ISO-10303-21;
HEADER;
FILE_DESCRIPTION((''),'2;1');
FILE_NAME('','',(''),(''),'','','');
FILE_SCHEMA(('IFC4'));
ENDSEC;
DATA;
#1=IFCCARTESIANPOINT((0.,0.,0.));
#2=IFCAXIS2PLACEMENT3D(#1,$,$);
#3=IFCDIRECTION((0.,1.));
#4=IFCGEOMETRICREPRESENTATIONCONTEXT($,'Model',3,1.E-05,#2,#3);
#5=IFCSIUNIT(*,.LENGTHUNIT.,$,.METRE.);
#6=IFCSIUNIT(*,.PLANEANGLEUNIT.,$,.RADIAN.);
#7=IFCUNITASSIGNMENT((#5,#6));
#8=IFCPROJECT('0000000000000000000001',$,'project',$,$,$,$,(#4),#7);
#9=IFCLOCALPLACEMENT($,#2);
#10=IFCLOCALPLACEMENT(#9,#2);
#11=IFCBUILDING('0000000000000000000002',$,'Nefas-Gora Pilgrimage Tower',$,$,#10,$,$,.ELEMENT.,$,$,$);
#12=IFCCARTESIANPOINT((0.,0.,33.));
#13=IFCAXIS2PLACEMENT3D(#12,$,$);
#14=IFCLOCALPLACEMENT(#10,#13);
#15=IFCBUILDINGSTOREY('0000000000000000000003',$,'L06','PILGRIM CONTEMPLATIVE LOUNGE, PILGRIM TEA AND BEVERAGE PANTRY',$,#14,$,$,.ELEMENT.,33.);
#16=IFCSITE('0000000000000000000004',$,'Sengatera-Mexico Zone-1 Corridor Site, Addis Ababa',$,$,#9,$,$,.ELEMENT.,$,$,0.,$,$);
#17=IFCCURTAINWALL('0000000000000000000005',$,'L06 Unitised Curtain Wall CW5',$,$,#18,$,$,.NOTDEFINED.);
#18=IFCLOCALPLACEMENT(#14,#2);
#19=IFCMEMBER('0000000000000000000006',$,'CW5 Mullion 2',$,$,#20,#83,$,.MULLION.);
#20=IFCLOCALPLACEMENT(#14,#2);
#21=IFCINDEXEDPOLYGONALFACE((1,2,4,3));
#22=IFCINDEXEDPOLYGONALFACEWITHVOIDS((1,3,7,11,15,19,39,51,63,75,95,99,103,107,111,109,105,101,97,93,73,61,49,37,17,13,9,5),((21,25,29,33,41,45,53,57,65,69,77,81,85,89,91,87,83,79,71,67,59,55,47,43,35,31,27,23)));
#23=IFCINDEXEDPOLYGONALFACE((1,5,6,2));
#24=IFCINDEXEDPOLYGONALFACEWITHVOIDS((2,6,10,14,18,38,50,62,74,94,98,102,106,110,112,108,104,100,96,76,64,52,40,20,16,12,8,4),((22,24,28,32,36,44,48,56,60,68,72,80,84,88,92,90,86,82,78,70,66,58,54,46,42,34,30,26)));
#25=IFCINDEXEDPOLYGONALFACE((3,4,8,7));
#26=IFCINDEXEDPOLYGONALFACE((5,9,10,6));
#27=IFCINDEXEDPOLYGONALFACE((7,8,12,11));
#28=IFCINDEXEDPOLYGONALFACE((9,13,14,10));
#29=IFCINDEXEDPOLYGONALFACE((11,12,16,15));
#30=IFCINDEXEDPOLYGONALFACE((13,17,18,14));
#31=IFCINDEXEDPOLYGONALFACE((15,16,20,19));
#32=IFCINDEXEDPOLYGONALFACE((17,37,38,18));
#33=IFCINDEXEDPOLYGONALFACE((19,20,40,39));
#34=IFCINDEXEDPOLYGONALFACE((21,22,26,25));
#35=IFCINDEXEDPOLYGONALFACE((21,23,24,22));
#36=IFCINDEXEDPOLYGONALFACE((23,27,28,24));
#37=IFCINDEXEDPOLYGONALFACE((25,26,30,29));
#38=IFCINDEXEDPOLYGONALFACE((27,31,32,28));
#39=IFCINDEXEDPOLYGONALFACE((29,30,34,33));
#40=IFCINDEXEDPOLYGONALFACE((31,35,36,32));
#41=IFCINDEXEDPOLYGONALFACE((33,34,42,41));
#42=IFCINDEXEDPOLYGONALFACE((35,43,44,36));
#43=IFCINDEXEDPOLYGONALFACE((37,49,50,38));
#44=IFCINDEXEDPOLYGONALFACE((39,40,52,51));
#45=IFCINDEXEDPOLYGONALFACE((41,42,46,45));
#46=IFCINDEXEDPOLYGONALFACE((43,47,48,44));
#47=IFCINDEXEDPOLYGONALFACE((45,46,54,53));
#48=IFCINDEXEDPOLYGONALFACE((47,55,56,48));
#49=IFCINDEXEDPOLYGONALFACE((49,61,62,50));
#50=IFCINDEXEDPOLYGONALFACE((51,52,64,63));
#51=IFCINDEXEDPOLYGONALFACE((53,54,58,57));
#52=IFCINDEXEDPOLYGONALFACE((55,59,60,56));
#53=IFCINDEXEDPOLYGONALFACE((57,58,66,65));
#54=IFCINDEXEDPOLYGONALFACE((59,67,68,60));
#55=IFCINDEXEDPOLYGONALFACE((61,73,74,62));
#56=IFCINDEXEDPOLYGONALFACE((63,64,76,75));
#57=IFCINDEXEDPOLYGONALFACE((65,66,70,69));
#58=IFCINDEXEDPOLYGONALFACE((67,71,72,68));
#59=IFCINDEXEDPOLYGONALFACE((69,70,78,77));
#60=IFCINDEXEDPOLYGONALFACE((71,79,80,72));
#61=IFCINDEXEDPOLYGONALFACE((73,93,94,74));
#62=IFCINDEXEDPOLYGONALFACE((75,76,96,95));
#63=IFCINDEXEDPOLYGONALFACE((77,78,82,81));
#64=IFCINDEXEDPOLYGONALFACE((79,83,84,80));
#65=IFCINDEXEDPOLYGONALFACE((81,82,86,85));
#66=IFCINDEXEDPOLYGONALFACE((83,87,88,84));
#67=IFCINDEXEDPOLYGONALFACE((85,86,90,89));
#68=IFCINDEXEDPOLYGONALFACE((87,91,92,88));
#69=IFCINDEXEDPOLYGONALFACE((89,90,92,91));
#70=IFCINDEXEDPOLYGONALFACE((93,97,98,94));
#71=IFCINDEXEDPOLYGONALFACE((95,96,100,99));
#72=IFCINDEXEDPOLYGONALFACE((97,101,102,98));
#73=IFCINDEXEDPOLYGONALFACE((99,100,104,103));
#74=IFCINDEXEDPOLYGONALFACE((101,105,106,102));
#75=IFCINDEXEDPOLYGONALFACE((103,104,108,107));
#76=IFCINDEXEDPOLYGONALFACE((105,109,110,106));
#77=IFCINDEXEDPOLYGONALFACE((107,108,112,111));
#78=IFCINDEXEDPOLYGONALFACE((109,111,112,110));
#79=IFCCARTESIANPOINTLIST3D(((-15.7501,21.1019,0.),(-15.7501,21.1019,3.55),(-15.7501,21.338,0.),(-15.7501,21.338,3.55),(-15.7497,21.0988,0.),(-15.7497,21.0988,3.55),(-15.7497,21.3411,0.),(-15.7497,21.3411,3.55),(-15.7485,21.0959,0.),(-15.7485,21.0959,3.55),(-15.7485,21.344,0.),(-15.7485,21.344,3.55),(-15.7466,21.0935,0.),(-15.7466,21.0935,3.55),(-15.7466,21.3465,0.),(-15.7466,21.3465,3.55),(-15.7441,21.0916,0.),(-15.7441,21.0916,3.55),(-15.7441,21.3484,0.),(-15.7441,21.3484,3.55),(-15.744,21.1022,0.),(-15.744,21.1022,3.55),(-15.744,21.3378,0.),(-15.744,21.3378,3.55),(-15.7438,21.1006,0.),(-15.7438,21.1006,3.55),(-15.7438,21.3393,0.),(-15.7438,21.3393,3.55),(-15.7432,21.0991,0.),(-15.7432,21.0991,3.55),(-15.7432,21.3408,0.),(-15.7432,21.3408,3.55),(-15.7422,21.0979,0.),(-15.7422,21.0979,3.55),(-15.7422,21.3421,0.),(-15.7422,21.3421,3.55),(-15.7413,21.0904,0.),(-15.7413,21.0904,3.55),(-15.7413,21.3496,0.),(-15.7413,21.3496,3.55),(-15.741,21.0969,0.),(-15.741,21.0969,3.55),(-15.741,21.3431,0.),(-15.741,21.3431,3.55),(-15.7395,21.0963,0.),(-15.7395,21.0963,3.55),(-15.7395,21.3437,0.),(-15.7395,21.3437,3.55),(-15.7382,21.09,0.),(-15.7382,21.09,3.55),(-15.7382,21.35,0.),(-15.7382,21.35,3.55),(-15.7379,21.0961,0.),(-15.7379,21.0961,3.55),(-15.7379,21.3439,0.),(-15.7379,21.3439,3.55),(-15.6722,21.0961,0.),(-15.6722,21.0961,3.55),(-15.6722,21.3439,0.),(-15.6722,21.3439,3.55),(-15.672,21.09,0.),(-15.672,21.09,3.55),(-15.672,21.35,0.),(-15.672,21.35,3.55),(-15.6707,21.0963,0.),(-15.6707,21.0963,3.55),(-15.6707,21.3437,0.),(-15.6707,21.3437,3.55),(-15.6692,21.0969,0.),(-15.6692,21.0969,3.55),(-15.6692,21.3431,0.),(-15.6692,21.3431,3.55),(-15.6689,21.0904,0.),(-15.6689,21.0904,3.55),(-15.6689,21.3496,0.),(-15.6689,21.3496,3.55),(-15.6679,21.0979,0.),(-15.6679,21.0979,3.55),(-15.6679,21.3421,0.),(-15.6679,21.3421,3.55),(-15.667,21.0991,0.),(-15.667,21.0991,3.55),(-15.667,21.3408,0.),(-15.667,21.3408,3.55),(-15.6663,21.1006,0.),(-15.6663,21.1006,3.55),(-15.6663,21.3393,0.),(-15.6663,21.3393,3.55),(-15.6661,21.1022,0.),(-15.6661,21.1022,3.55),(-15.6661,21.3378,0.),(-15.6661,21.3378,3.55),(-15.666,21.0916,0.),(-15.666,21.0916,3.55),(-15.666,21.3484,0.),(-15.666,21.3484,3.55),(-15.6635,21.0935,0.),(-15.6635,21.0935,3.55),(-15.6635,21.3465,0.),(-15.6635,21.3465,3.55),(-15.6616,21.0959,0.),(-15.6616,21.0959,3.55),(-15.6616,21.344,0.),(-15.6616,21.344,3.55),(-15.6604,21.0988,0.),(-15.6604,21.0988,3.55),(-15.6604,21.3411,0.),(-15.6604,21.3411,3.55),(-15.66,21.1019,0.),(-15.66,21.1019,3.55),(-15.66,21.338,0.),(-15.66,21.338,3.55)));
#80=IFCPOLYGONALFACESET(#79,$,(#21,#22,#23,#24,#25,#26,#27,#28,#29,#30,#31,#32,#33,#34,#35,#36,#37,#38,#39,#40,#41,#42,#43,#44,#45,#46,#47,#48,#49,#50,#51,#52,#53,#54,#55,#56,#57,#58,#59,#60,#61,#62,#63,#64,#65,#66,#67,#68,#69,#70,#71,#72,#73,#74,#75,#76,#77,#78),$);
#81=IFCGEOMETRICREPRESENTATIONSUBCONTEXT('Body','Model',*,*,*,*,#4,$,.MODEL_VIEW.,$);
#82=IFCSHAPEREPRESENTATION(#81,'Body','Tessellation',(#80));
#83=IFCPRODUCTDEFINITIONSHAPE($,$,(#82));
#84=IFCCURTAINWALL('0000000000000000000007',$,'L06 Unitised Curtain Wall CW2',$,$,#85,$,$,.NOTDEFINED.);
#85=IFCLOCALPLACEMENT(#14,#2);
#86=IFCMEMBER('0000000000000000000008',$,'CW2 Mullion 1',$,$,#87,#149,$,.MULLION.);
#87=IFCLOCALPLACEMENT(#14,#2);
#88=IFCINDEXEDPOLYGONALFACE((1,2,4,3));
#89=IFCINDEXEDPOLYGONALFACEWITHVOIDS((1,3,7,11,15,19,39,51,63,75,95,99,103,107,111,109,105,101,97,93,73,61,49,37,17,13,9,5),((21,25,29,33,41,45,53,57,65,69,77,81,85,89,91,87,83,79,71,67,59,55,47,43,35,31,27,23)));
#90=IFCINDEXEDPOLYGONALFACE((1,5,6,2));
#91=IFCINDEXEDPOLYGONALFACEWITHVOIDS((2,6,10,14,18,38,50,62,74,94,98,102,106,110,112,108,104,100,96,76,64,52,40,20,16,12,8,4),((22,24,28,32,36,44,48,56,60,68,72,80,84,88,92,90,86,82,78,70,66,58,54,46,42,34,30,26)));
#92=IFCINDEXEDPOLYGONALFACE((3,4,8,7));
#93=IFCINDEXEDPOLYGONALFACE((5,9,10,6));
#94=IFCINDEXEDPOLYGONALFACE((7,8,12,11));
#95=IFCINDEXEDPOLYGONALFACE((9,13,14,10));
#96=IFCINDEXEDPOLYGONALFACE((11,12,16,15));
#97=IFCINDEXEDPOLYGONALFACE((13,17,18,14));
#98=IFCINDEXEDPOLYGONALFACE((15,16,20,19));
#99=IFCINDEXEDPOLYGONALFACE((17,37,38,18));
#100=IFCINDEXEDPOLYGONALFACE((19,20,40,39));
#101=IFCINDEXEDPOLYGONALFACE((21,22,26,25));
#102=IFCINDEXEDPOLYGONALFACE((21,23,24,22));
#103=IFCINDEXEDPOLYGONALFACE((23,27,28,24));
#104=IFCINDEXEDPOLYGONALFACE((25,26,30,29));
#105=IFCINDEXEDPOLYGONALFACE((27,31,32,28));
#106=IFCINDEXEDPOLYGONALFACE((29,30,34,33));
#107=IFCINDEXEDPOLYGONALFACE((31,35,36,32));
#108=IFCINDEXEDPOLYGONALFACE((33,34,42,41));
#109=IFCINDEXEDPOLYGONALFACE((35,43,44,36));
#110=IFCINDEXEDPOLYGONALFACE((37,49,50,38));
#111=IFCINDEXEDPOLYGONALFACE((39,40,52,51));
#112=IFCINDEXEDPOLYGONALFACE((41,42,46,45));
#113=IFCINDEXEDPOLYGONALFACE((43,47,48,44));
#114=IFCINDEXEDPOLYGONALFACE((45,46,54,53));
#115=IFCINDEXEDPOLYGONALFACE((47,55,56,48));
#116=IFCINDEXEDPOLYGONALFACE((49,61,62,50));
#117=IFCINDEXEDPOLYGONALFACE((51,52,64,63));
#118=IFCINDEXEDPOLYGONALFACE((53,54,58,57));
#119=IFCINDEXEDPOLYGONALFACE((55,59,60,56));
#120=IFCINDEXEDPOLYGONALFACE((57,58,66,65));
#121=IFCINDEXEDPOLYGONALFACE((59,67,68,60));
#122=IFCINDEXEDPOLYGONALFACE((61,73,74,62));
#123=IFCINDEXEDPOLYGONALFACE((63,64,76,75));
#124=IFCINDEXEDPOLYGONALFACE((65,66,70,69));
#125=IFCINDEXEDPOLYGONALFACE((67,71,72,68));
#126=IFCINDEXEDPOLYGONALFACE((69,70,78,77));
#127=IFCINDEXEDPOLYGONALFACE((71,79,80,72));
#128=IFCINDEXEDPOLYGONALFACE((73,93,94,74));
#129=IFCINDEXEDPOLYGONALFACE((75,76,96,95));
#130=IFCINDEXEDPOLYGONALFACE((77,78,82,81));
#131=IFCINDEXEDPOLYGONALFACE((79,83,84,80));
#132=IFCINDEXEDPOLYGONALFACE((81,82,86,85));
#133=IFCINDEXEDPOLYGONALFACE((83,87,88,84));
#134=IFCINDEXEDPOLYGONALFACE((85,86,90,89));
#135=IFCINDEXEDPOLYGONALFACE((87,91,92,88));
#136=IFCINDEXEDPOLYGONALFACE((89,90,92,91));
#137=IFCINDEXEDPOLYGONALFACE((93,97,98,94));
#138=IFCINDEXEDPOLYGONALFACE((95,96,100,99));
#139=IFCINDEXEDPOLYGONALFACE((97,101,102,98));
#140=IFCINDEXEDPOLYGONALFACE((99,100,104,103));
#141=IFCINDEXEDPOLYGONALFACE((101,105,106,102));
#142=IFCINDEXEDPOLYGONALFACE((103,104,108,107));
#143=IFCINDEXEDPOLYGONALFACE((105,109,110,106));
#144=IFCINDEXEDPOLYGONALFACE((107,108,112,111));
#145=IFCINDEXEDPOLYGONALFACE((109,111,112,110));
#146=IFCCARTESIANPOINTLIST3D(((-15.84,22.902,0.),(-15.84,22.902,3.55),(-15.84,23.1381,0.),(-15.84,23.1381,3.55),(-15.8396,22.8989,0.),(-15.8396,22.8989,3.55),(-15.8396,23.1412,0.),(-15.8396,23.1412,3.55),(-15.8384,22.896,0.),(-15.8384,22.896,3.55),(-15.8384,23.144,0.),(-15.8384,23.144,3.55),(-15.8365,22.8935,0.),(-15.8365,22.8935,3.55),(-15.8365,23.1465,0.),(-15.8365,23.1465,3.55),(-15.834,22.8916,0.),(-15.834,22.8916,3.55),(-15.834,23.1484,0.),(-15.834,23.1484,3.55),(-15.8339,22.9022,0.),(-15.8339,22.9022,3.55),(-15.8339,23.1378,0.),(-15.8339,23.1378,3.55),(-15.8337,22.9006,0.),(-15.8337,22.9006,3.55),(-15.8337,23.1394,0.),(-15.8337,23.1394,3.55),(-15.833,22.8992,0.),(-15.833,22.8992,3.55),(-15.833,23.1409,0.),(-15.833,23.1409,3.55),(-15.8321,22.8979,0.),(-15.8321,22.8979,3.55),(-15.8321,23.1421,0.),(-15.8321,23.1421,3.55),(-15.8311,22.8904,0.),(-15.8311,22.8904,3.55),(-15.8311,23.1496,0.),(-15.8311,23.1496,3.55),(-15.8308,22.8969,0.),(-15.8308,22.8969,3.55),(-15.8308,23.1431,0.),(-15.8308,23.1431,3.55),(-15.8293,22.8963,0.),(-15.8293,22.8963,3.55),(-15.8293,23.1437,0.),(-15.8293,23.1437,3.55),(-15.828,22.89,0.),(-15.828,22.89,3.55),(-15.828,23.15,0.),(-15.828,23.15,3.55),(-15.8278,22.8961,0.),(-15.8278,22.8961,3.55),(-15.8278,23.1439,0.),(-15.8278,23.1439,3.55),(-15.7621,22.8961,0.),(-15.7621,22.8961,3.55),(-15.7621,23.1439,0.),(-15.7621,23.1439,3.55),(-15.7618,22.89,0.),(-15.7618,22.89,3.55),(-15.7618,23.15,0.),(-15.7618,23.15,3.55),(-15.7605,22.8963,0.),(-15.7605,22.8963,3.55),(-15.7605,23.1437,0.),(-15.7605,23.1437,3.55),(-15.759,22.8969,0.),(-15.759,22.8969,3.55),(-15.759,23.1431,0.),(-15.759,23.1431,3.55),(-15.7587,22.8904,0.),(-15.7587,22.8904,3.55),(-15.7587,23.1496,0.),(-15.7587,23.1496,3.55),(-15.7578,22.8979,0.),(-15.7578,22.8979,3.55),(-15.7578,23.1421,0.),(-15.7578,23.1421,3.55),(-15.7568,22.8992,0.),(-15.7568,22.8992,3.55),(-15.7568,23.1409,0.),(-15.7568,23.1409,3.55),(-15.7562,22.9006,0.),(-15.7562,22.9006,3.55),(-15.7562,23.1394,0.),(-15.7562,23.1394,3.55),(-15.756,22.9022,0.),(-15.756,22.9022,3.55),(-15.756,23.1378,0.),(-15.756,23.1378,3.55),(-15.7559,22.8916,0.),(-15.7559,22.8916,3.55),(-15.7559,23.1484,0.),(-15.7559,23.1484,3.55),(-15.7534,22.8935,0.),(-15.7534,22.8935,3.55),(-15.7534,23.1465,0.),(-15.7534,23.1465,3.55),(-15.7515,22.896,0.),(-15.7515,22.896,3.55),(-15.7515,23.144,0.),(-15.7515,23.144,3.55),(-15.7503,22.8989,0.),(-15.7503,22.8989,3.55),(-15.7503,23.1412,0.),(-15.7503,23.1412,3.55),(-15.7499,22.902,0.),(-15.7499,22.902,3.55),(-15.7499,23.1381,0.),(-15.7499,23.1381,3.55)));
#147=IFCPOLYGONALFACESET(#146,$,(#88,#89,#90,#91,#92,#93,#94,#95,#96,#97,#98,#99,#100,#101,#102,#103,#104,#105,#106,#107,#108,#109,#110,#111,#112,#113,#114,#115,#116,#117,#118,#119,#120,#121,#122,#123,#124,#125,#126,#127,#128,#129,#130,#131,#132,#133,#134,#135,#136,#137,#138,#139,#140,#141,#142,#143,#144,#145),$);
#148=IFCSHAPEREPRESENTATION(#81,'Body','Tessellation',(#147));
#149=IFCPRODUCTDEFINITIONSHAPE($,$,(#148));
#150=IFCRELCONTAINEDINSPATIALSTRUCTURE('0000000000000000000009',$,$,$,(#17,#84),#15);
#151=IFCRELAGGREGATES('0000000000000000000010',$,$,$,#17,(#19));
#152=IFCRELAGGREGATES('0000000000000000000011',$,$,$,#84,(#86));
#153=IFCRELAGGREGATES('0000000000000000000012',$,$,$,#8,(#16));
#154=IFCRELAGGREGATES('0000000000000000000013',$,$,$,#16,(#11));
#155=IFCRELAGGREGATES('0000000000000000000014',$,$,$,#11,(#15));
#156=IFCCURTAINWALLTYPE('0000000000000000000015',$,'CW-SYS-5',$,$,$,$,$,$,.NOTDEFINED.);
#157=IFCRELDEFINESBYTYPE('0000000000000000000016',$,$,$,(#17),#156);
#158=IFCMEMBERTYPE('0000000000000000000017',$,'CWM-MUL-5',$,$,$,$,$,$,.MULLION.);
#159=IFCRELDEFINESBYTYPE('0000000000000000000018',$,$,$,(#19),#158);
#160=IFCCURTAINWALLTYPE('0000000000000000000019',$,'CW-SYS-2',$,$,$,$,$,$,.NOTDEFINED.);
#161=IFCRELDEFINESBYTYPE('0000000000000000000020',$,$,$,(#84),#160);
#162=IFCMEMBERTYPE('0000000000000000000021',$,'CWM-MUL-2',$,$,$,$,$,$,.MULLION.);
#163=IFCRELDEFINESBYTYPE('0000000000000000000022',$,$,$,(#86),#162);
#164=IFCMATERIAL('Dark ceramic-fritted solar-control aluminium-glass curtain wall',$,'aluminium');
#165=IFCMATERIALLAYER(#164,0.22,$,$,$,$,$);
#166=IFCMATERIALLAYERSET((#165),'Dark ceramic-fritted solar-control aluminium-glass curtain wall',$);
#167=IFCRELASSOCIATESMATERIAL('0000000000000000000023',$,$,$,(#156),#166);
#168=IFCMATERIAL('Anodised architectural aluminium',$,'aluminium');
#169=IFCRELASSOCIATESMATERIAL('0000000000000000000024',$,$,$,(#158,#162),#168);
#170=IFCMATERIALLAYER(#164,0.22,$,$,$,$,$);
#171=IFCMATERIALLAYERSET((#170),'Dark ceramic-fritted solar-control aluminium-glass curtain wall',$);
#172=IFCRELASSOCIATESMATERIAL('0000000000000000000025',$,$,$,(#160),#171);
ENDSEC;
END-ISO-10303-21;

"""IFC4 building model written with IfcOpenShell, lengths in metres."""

from ifc_helpers import new_model, si_unit, direction, frame, origin, origin_2d, place, context, subcontext, project, spatial, hollow_rectangle, extrude, source, transform, mapped, material, layer, layer_set, material_profile, profile_set, type_object, element, aggregate, save


model = new_model("IFC4")

# Units and contexts
model_context = context("Model", 3, precision=1e-05, world=origin(), true_north=direction((0.0, 1.0)))
body_context = subcontext(model_context, "Body", "Model", "MODEL_VIEW")
ifc_project = project(units=[si_unit("LENGTHUNIT", "METRE"), si_unit("PLANEANGLEUNIT", "RADIAN")], contexts=[model_context])

# Site, building, storey
site_placement = place(None, origin())
site = spatial("IfcSite", under=ifc_project, at=site_placement, Name="Sengatera-Mexico Zone-1 Corridor Site, Addis Ababa", CompositionType="ELEMENT", RefElevation=0.0)
building_placement = place(site_placement, origin())
building = spatial("IfcBuilding", under=site, at=building_placement, Name="Nefas-Gora Pilgrimage Tower", CompositionType="ELEMENT")
storey_placement = place(building_placement, frame((0.0, 0.0, 33.0)))
storey = spatial("IfcBuildingStorey", under=building, at=storey_placement, Name="L06", Description="PILGRIM CONTEMPLATIVE LOUNGE, PILGRIM TEA AND BEVERAGE PANTRY", CompositionType="ELEMENT", Elevation=33.0)

# Curtain wall, member
ifc_material_1 = material(Name="Dark ceramic-fritted solar-control aluminium-glass curtain wall", Category="aluminium")
ifc_layer_1 = layer(ifc_material_1, 0.22)
ifc_layer_set_1 = layer_set([ifc_layer_1], Name="Dark ceramic-fritted solar-control aluminium-glass curtain wall")
curtain_wall_type_1 = type_object("IfcCurtainWallType", Name="CW-SYS-5", PredefinedType="NOTDEFINED", material=ifc_layer_set_1)
curtain_wall_1_placement = place(storey_placement, origin())
curtain_wall_1 = element("IfcCurtainWall", 1, at=curtain_wall_1_placement, inside=storey, type_object=curtain_wall_type_1, Name="L06 Unitised Curtain Wall CW5", PredefinedType="NOTDEFINED")
ifc_material_2 = material(Name="Anodised architectural aluminium", Category="aluminium")
ifc_material_profile_1 = material_profile(ifc_material_2, hollow_rectangle(XDim=0.0901, YDim=0.26, WallThickness=0.0061, InnerFilletRadius=0.0061, OuterFilletRadius=0.012, at=origin_2d()), Name="ALU MULLION 90x260")
ifc_profile_set_1 = profile_set([ifc_material_profile_1], Name="Anodised architectural aluminium")
member_type_1 = type_object("IfcMemberType", Name="CWM-MUL-5", PredefinedType="MULLION", material=ifc_profile_set_1)
shared_shape_1 = source(origin(), body_context, "Body", "SweptSolid", [
    extrude(hollow_rectangle(XDim=0.0901, YDim=0.26, WallThickness=0.0061, InnerFilletRadius=0.0061, OuterFilletRadius=0.012, at=origin_2d()), origin(), (0.0, 0.0, 1.0), 3.55),
])
member_1_placement = place(storey_placement, frame((-15.7051, 21.22, 0.0), z_axis=(0.0, 0.0, 1.0), x_axis=(-1.0, 0.0, 0.0)))
member_1 = element("IfcMember", 2, at=member_1_placement, type_object=member_type_1, Name="CW5 Mullion 2", PredefinedType="MULLION", context=body_context, shape_type="MappedRepresentation", body=[
    mapped(shared_shape_1, transform((0.0, 0.0, 0.0), x_axis=(1.0, 0.0, 0.0), y_axis=(0.0, 1.0, 0.0), z_axis=(0.0, 0.0, 1.0), scale=1.0)),
])

# Curtain wall, member
ifc_layer_2 = layer(ifc_material_1, 0.22)
ifc_layer_set_2 = layer_set([ifc_layer_2], Name="Dark ceramic-fritted solar-control aluminium-glass curtain wall")
curtain_wall_type_2 = type_object("IfcCurtainWallType", Name="CW-SYS-2", PredefinedType="NOTDEFINED", material=ifc_layer_set_2)
curtain_wall_2_placement = place(storey_placement, origin())
curtain_wall_2 = element("IfcCurtainWall", 3, at=curtain_wall_2_placement, inside=storey, type_object=curtain_wall_type_2, Name="L06 Unitised Curtain Wall CW2", PredefinedType="NOTDEFINED")
ifc_material_profile_2 = material_profile(ifc_material_2, hollow_rectangle(XDim=0.0901, YDim=0.26, WallThickness=0.0061, InnerFilletRadius=0.0061, OuterFilletRadius=0.012, at=origin_2d()), Name="ALU MULLION 90x260")
ifc_profile_set_2 = profile_set([ifc_material_profile_2], Name="Anodised architectural aluminium")
member_type_2 = type_object("IfcMemberType", Name="CWM-MUL-2", PredefinedType="MULLION", material=ifc_profile_set_2)
shared_shape_2 = source(origin(), body_context, "Body", "SweptSolid", [
    extrude(hollow_rectangle(XDim=0.0901, YDim=0.26, WallThickness=0.0061, InnerFilletRadius=0.0061, OuterFilletRadius=0.012, at=origin_2d()), origin(), (0.0, 0.0, 1.0), 3.55),
])
member_2_placement = place(storey_placement, frame((-15.7949, 23.02, 0.0), z_axis=(0.0, 0.0, 1.0), x_axis=(-1.0, 0.0, 0.0)))
member_2 = element("IfcMember", 4, at=member_2_placement, type_object=member_type_2, Name="CW2 Mullion 1", PredefinedType="MULLION", context=body_context, shape_type="MappedRepresentation", body=[
    mapped(shared_shape_2, transform((0.0, 0.0, 0.0), x_axis=(1.0, 0.0, 0.0), y_axis=(0.0, 1.0, 0.0), z_axis=(0.0, 0.0, 1.0), scale=1.0)),
])

aggregate(curtain_wall_1, [member_1])
aggregate(curtain_wall_2, [member_2])

save(model, "model.ifc")
